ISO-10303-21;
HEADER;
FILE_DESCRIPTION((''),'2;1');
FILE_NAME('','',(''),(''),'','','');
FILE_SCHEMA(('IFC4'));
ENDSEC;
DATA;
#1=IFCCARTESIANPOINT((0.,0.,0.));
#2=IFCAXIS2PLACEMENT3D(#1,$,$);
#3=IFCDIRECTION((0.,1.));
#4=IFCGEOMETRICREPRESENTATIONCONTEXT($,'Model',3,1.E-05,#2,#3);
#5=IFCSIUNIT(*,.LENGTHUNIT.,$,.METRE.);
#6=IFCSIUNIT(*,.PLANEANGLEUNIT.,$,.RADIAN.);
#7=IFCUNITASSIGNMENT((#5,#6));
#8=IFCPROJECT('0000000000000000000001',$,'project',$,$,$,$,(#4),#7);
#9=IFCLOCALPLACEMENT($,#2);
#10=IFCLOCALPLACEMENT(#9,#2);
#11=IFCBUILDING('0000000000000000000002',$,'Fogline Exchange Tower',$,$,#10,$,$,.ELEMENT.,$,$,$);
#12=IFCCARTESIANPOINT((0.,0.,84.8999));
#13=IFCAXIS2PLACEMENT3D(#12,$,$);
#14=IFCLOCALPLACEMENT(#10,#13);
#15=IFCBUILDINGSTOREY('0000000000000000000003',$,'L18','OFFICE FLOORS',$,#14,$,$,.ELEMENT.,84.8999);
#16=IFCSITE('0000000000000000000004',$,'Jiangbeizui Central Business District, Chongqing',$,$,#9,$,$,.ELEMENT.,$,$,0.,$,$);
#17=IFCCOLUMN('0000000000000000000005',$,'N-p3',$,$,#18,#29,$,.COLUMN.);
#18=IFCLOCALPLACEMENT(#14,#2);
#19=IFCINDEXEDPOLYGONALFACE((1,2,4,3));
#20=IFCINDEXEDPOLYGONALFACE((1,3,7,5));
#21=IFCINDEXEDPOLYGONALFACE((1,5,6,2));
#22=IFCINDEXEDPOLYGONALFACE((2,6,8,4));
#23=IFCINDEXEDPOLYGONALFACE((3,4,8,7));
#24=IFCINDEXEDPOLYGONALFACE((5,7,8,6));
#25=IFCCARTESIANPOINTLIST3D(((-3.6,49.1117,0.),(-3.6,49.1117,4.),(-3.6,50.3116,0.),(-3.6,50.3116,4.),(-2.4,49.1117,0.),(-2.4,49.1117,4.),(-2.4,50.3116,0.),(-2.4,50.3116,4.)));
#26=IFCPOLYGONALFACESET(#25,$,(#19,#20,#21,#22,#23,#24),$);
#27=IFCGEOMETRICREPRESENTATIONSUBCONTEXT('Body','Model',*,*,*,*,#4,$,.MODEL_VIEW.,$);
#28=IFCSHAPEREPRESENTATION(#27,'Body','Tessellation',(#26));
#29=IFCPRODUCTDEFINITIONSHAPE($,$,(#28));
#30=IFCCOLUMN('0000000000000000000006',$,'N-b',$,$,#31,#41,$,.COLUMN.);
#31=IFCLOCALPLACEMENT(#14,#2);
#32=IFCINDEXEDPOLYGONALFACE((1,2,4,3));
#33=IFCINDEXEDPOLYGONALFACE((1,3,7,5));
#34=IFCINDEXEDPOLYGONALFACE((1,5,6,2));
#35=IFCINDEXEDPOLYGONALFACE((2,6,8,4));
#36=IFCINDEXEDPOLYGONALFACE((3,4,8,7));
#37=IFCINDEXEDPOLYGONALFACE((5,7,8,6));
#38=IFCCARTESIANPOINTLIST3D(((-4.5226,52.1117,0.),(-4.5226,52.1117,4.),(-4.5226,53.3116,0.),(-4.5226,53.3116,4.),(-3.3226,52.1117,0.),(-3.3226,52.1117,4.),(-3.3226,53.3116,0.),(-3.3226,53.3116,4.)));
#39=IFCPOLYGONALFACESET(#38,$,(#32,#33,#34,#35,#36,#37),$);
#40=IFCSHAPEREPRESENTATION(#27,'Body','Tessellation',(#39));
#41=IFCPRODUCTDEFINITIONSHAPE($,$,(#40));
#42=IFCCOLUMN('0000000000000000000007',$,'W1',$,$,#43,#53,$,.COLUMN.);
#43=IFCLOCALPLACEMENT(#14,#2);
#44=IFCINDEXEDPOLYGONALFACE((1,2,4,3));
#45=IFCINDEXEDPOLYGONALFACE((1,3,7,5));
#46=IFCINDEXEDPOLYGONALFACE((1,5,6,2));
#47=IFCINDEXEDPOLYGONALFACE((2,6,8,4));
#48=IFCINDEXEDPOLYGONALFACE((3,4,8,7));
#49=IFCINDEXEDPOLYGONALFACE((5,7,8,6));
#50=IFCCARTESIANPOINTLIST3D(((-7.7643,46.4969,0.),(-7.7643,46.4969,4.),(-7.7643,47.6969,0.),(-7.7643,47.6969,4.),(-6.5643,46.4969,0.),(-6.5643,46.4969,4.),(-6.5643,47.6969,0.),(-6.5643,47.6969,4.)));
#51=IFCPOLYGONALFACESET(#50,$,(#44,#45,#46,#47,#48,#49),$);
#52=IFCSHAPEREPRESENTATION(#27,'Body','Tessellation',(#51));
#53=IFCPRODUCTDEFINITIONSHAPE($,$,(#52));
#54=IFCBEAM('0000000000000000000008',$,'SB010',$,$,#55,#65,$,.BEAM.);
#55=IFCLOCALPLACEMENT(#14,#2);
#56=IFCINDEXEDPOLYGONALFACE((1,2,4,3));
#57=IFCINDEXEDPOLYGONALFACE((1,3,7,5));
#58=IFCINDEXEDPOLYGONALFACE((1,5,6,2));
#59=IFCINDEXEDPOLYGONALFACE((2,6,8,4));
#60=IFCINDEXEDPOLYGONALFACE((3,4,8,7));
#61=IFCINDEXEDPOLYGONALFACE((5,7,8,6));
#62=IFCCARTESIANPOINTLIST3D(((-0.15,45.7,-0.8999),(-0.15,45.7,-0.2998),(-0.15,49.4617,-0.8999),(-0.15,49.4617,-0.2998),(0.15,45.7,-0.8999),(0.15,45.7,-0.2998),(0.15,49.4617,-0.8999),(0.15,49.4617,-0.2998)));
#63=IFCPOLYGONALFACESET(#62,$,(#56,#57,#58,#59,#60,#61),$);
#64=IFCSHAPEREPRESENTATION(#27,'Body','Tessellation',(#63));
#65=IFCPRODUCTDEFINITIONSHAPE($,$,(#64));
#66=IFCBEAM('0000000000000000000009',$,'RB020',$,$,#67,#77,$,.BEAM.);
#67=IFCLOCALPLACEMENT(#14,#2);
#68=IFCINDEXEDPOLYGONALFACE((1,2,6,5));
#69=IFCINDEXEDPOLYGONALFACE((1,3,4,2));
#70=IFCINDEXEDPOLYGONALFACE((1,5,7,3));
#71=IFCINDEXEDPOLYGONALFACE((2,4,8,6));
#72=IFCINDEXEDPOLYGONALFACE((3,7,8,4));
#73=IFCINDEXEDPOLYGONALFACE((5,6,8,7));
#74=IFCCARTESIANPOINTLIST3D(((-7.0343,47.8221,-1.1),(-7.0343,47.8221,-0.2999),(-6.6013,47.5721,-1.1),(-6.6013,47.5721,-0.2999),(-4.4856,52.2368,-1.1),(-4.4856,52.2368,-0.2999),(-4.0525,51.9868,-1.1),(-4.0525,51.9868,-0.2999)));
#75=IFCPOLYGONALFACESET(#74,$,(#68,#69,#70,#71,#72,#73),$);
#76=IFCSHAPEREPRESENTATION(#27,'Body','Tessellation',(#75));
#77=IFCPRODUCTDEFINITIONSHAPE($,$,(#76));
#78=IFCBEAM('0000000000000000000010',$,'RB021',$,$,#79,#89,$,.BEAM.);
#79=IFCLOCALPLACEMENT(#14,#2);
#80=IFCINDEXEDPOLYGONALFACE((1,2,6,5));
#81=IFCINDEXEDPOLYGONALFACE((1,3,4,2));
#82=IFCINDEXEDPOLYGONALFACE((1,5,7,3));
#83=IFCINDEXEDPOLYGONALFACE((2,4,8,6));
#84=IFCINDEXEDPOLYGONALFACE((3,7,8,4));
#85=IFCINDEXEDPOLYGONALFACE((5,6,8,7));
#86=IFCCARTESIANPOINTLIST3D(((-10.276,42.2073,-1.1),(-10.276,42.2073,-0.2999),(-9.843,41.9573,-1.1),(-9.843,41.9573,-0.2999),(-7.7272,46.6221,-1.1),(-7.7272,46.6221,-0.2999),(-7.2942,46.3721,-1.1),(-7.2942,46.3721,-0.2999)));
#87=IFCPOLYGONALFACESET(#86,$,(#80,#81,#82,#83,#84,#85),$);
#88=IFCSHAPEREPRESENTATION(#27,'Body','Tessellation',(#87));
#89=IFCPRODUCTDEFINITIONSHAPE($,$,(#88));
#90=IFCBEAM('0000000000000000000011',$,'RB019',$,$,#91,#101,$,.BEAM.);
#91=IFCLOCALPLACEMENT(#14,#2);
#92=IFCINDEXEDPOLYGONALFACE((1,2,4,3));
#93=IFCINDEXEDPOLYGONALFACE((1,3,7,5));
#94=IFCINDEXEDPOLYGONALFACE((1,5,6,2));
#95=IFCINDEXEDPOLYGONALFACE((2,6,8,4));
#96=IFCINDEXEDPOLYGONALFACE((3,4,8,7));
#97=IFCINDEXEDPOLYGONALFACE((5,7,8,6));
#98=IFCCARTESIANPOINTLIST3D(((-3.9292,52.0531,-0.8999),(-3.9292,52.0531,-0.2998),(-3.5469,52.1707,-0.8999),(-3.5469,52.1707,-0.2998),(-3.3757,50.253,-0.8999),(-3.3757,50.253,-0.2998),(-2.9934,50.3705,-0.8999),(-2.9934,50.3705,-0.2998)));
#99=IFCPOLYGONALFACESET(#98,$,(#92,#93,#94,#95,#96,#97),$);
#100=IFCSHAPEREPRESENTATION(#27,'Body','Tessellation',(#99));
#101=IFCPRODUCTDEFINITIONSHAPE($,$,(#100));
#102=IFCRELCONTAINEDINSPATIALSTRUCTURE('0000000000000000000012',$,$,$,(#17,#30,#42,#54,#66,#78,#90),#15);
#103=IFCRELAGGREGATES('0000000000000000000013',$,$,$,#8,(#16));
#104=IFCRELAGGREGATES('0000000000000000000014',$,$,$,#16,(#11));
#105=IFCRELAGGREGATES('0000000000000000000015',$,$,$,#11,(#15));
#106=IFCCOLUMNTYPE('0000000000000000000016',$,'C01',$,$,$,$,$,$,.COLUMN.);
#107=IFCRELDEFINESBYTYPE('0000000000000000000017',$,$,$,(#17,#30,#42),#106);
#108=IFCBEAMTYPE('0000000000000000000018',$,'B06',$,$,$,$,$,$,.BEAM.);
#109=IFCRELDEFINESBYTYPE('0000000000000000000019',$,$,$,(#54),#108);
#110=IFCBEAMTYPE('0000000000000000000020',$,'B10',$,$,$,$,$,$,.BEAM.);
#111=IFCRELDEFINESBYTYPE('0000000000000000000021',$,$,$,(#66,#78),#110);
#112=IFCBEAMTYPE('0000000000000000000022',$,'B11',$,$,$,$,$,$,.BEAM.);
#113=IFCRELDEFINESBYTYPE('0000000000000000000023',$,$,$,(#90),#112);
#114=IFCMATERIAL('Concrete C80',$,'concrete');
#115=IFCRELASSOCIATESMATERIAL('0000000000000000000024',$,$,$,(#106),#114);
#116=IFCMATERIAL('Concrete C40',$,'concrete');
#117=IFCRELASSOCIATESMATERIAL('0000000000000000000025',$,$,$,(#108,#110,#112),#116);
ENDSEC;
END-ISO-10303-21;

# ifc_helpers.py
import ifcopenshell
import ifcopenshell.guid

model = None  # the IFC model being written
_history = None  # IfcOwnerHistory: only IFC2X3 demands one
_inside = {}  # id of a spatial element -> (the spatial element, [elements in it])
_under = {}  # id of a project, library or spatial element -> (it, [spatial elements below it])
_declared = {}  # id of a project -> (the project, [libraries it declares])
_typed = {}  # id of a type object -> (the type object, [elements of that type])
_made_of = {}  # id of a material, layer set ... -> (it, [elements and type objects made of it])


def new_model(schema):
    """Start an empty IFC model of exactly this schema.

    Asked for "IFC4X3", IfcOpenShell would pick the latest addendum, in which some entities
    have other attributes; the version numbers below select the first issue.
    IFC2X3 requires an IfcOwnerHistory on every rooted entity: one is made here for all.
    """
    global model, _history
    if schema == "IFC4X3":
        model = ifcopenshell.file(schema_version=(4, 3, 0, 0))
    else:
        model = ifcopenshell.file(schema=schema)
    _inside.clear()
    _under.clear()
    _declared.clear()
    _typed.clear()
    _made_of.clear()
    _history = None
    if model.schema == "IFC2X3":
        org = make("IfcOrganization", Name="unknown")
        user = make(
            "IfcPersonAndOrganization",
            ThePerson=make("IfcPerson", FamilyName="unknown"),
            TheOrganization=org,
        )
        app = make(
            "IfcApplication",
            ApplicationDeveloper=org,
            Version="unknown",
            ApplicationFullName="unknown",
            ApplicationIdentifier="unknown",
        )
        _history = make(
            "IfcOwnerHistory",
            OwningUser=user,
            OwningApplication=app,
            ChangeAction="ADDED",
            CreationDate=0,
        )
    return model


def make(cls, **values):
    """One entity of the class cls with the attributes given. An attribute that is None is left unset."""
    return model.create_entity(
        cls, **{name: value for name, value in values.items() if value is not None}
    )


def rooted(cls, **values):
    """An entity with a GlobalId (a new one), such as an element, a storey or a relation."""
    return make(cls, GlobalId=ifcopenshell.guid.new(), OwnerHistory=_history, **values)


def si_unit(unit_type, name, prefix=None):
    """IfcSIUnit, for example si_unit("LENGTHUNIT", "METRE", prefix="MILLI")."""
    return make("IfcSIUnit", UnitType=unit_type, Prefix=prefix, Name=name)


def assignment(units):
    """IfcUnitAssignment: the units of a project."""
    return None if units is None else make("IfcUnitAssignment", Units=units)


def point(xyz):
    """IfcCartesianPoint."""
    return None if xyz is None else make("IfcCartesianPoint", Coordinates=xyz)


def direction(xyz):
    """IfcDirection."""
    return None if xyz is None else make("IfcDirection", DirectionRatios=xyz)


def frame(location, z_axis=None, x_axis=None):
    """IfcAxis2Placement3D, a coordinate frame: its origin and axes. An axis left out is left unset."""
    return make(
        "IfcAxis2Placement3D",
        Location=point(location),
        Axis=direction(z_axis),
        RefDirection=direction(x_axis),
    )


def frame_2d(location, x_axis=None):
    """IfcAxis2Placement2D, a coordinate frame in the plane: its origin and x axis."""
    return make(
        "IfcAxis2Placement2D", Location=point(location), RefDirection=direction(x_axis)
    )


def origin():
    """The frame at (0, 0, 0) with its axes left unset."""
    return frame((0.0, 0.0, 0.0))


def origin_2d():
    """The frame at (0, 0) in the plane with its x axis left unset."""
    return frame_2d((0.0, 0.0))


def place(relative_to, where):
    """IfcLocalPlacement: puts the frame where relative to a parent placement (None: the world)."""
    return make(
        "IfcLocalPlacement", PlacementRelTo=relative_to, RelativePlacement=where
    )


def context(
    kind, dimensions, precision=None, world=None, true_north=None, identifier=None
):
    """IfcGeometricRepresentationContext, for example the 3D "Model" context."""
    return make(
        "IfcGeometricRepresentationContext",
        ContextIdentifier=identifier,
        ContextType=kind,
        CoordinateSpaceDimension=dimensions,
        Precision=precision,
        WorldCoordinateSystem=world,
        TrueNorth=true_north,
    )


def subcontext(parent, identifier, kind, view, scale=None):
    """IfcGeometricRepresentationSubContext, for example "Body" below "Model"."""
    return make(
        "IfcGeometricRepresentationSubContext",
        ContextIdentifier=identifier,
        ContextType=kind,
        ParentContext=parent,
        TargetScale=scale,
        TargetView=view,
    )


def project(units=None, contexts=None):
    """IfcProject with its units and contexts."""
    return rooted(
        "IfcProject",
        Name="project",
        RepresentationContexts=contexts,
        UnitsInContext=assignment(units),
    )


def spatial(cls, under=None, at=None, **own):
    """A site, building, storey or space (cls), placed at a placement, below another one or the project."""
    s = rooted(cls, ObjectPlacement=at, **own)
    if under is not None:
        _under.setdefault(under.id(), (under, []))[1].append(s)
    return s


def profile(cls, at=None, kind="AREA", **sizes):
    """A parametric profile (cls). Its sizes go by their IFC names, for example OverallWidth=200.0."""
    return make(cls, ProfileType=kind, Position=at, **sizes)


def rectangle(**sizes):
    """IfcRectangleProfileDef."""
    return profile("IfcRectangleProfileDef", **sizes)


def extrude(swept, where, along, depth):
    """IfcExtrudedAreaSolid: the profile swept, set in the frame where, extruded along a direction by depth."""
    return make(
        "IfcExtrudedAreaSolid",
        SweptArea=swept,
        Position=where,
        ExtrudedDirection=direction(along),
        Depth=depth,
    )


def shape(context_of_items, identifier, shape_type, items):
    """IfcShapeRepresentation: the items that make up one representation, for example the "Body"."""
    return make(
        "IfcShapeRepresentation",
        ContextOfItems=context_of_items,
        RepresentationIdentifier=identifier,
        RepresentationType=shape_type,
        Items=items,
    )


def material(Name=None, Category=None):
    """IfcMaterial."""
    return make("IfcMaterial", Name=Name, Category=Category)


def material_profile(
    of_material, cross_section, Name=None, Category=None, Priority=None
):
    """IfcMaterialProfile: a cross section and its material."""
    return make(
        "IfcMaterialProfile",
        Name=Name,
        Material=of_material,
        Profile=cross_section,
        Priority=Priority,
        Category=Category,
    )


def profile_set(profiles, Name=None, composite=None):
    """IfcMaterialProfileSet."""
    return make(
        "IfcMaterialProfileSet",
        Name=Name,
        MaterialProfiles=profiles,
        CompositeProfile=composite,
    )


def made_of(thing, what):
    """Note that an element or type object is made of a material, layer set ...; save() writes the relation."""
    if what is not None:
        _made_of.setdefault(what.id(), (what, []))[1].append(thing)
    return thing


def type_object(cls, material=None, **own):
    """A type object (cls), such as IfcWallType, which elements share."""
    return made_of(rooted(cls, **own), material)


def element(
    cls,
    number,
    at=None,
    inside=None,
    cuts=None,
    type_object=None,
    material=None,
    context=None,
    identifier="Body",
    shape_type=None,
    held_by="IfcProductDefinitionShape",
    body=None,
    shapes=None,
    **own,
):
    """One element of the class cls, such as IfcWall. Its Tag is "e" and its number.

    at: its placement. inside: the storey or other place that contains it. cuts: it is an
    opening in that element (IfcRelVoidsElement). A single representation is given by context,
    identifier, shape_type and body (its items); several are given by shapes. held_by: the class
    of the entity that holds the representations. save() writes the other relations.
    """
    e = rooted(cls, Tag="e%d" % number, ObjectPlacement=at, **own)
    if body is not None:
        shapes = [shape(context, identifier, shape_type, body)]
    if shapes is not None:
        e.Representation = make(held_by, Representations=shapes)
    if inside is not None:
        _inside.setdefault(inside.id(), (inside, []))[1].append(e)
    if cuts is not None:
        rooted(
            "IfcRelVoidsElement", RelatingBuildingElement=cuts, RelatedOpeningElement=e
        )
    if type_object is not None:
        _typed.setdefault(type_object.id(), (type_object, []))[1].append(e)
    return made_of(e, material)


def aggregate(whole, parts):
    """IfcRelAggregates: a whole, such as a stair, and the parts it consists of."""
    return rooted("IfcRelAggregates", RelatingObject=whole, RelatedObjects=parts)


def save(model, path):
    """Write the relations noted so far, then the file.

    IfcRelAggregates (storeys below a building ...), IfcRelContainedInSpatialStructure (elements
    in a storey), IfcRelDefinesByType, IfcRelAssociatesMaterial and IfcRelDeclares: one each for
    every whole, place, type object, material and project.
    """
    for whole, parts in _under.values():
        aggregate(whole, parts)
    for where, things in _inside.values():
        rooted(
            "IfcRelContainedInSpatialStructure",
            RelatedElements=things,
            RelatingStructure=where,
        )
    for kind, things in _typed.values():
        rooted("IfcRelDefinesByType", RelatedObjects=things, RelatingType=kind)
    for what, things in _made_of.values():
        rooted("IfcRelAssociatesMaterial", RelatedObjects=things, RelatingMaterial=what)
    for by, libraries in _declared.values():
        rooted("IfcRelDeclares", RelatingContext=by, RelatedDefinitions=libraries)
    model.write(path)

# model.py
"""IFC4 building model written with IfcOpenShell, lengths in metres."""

from ifc_helpers import new_model, si_unit, direction, frame, origin, origin_2d, place, context, subcontext, project, spatial, rectangle, extrude, material, material_profile, profile_set, type_object, element, save


model = new_model("IFC4")

# Units and contexts
model_context = context("Model", 3, precision=1e-05, world=origin(), true_north=direction((0.0, 1.0)))
body_context = subcontext(model_context, "Body", "Model", "MODEL_VIEW")
ifc_project = project(units=[si_unit("LENGTHUNIT", "METRE"), si_unit("PLANEANGLEUNIT", "RADIAN")], contexts=[model_context])

# Site, building, storey
site_placement = place(None, origin())
site = spatial("IfcSite", under=ifc_project, at=site_placement, Name="Jiangbeizui Central Business District, Chongqing", CompositionType="ELEMENT", RefElevation=0.0)
building_placement = place(site_placement, origin())
building = spatial("IfcBuilding", under=site, at=building_placement, Name="Fogline Exchange Tower", CompositionType="ELEMENT")
storey_placement = place(building_placement, frame((0.0, 0.0, 84.8999)))
storey = spatial("IfcBuildingStorey", under=building, at=storey_placement, Name="L18", Description="OFFICE FLOORS", CompositionType="ELEMENT", Elevation=84.8999)

# Columns
ifc_material_1 = material(Name="Concrete C80", Category="concrete")
ifc_material_profile_1 = material_profile(ifc_material_1, rectangle(XDim=1.2, YDim=1.2, at=origin_2d()), Name="RC 1200x1200")
ifc_profile_set_1 = profile_set([ifc_material_profile_1], Name="Concrete C80")
column_type = type_object("IfcColumnType", Name="C01", PredefinedType="COLUMN", material=ifc_profile_set_1)
for number, where, z_axis, x_axis, name in (
    (1, (-3.0, 49.7117, 0.0), (0.0, 0.0, 1.0), (1.0, 0.0, 0.0), "N-p3"),
    (2, (-3.9226, 52.7117, 0.0), (0.0, 0.0, 1.0), (1.0, 0.0, 0.0), "N-b"),
    (3, (-7.1643, 47.0969, 0.0), (0.0, 0.0, 1.0), (1.0, 0.0, 0.0), "W1"),
):
    element("IfcColumn", number, at=place(storey_placement, frame(where, z_axis=z_axis, x_axis=x_axis)), inside=storey, type_object=column_type, Name=name, PredefinedType="COLUMN", context=body_context, shape_type="SweptSolid", body=[
        extrude(rectangle(XDim=1.2, YDim=1.2, at=origin_2d()), origin(), (0.0, 0.0, 1.0), 4.0),
    ])

# Beams
ifc_material_2 = material(Name="Concrete C40", Category="concrete")
ifc_material_profile_2 = material_profile(ifc_material_2, rectangle(XDim=0.3, YDim=0.6001, at=origin_2d()), Name="RC 300x600")
ifc_profile_set_2 = profile_set([ifc_material_profile_2], Name="Concrete C40")
beam_type_1 = type_object("IfcBeamType", Name="B06", PredefinedType="BEAM", material=ifc_profile_set_2)
beam_1_placement = place(storey_placement, frame((0.0, 45.7, -0.5999), z_axis=(0.0, 1.0, 0.0), x_axis=(-1.0, 0.0, 0.0)))
element("IfcBeam", 4, at=beam_1_placement, inside=storey, type_object=beam_type_1, Name="SB010", PredefinedType="BEAM", context=body_context, shape_type="SweptSolid", body=[
    extrude(rectangle(XDim=0.3, YDim=0.6001, at=origin_2d()), origin(), (0.0, 0.0, 1.0), 3.7617),
])
ifc_material_profile_3 = material_profile(ifc_material_2, rectangle(XDim=0.5, YDim=0.8, at=origin_2d()), Name="RC 500x800")
ifc_profile_set_3 = profile_set([ifc_material_profile_3], Name="Concrete C40")
beam_type_2 = type_object("IfcBeamType", Name="B10", PredefinedType="BEAM", material=ifc_profile_set_3)
for number, where, z_axis, x_axis, name in (
    (5, (-4.269, 52.1118, -0.7), (-0.499992, -0.86603, 0.0), (0.86603, -0.499992, 0.0), "RB020"),
    (6, (-7.5107, 46.4971, -0.7), (-0.499992, -0.86603, 0.0), (0.86603, -0.499992, 0.0), "RB021"),
):
    element("IfcBeam", number, at=place(storey_placement, frame(where, z_axis=z_axis, x_axis=x_axis)), inside=storey, type_object=beam_type_2, Name=name, PredefinedType="BEAM", context=body_context, shape_type="SweptSolid", body=[
        extrude(rectangle(XDim=0.5, YDim=0.8, at=origin_2d()), origin(), (0.0, 0.0, 1.0), 5.0977),
    ])
ifc_material_profile_4 = material_profile(ifc_material_2, rectangle(XDim=0.3999, YDim=0.6001, at=origin_2d()), Name="RC 400x600")
ifc_profile_set_4 = profile_set([ifc_material_profile_4], Name="Concrete C40")
beam_type_3 = type_object("IfcBeamType", Name="B11", PredefinedType="BEAM", material=ifc_profile_set_4)
beam_2_placement = place(storey_placement, frame((-3.1846, 50.3118, -0.5999), z_axis=(-0.293895, 0.955838, 0.0), x_axis=(-0.955838, -0.293895, 0.0)))
element("IfcBeam", 7, at=beam_2_placement, inside=storey, type_object=beam_type_3, Name="RB019", PredefinedType="BEAM", context=body_context, shape_type="SweptSolid", body=[
    extrude(rectangle(XDim=0.3999, YDim=0.6001, at=origin_2d()), origin(), (0.0, 0.0, 1.0), 1.8833),
])

save(model, "model.ifc")
